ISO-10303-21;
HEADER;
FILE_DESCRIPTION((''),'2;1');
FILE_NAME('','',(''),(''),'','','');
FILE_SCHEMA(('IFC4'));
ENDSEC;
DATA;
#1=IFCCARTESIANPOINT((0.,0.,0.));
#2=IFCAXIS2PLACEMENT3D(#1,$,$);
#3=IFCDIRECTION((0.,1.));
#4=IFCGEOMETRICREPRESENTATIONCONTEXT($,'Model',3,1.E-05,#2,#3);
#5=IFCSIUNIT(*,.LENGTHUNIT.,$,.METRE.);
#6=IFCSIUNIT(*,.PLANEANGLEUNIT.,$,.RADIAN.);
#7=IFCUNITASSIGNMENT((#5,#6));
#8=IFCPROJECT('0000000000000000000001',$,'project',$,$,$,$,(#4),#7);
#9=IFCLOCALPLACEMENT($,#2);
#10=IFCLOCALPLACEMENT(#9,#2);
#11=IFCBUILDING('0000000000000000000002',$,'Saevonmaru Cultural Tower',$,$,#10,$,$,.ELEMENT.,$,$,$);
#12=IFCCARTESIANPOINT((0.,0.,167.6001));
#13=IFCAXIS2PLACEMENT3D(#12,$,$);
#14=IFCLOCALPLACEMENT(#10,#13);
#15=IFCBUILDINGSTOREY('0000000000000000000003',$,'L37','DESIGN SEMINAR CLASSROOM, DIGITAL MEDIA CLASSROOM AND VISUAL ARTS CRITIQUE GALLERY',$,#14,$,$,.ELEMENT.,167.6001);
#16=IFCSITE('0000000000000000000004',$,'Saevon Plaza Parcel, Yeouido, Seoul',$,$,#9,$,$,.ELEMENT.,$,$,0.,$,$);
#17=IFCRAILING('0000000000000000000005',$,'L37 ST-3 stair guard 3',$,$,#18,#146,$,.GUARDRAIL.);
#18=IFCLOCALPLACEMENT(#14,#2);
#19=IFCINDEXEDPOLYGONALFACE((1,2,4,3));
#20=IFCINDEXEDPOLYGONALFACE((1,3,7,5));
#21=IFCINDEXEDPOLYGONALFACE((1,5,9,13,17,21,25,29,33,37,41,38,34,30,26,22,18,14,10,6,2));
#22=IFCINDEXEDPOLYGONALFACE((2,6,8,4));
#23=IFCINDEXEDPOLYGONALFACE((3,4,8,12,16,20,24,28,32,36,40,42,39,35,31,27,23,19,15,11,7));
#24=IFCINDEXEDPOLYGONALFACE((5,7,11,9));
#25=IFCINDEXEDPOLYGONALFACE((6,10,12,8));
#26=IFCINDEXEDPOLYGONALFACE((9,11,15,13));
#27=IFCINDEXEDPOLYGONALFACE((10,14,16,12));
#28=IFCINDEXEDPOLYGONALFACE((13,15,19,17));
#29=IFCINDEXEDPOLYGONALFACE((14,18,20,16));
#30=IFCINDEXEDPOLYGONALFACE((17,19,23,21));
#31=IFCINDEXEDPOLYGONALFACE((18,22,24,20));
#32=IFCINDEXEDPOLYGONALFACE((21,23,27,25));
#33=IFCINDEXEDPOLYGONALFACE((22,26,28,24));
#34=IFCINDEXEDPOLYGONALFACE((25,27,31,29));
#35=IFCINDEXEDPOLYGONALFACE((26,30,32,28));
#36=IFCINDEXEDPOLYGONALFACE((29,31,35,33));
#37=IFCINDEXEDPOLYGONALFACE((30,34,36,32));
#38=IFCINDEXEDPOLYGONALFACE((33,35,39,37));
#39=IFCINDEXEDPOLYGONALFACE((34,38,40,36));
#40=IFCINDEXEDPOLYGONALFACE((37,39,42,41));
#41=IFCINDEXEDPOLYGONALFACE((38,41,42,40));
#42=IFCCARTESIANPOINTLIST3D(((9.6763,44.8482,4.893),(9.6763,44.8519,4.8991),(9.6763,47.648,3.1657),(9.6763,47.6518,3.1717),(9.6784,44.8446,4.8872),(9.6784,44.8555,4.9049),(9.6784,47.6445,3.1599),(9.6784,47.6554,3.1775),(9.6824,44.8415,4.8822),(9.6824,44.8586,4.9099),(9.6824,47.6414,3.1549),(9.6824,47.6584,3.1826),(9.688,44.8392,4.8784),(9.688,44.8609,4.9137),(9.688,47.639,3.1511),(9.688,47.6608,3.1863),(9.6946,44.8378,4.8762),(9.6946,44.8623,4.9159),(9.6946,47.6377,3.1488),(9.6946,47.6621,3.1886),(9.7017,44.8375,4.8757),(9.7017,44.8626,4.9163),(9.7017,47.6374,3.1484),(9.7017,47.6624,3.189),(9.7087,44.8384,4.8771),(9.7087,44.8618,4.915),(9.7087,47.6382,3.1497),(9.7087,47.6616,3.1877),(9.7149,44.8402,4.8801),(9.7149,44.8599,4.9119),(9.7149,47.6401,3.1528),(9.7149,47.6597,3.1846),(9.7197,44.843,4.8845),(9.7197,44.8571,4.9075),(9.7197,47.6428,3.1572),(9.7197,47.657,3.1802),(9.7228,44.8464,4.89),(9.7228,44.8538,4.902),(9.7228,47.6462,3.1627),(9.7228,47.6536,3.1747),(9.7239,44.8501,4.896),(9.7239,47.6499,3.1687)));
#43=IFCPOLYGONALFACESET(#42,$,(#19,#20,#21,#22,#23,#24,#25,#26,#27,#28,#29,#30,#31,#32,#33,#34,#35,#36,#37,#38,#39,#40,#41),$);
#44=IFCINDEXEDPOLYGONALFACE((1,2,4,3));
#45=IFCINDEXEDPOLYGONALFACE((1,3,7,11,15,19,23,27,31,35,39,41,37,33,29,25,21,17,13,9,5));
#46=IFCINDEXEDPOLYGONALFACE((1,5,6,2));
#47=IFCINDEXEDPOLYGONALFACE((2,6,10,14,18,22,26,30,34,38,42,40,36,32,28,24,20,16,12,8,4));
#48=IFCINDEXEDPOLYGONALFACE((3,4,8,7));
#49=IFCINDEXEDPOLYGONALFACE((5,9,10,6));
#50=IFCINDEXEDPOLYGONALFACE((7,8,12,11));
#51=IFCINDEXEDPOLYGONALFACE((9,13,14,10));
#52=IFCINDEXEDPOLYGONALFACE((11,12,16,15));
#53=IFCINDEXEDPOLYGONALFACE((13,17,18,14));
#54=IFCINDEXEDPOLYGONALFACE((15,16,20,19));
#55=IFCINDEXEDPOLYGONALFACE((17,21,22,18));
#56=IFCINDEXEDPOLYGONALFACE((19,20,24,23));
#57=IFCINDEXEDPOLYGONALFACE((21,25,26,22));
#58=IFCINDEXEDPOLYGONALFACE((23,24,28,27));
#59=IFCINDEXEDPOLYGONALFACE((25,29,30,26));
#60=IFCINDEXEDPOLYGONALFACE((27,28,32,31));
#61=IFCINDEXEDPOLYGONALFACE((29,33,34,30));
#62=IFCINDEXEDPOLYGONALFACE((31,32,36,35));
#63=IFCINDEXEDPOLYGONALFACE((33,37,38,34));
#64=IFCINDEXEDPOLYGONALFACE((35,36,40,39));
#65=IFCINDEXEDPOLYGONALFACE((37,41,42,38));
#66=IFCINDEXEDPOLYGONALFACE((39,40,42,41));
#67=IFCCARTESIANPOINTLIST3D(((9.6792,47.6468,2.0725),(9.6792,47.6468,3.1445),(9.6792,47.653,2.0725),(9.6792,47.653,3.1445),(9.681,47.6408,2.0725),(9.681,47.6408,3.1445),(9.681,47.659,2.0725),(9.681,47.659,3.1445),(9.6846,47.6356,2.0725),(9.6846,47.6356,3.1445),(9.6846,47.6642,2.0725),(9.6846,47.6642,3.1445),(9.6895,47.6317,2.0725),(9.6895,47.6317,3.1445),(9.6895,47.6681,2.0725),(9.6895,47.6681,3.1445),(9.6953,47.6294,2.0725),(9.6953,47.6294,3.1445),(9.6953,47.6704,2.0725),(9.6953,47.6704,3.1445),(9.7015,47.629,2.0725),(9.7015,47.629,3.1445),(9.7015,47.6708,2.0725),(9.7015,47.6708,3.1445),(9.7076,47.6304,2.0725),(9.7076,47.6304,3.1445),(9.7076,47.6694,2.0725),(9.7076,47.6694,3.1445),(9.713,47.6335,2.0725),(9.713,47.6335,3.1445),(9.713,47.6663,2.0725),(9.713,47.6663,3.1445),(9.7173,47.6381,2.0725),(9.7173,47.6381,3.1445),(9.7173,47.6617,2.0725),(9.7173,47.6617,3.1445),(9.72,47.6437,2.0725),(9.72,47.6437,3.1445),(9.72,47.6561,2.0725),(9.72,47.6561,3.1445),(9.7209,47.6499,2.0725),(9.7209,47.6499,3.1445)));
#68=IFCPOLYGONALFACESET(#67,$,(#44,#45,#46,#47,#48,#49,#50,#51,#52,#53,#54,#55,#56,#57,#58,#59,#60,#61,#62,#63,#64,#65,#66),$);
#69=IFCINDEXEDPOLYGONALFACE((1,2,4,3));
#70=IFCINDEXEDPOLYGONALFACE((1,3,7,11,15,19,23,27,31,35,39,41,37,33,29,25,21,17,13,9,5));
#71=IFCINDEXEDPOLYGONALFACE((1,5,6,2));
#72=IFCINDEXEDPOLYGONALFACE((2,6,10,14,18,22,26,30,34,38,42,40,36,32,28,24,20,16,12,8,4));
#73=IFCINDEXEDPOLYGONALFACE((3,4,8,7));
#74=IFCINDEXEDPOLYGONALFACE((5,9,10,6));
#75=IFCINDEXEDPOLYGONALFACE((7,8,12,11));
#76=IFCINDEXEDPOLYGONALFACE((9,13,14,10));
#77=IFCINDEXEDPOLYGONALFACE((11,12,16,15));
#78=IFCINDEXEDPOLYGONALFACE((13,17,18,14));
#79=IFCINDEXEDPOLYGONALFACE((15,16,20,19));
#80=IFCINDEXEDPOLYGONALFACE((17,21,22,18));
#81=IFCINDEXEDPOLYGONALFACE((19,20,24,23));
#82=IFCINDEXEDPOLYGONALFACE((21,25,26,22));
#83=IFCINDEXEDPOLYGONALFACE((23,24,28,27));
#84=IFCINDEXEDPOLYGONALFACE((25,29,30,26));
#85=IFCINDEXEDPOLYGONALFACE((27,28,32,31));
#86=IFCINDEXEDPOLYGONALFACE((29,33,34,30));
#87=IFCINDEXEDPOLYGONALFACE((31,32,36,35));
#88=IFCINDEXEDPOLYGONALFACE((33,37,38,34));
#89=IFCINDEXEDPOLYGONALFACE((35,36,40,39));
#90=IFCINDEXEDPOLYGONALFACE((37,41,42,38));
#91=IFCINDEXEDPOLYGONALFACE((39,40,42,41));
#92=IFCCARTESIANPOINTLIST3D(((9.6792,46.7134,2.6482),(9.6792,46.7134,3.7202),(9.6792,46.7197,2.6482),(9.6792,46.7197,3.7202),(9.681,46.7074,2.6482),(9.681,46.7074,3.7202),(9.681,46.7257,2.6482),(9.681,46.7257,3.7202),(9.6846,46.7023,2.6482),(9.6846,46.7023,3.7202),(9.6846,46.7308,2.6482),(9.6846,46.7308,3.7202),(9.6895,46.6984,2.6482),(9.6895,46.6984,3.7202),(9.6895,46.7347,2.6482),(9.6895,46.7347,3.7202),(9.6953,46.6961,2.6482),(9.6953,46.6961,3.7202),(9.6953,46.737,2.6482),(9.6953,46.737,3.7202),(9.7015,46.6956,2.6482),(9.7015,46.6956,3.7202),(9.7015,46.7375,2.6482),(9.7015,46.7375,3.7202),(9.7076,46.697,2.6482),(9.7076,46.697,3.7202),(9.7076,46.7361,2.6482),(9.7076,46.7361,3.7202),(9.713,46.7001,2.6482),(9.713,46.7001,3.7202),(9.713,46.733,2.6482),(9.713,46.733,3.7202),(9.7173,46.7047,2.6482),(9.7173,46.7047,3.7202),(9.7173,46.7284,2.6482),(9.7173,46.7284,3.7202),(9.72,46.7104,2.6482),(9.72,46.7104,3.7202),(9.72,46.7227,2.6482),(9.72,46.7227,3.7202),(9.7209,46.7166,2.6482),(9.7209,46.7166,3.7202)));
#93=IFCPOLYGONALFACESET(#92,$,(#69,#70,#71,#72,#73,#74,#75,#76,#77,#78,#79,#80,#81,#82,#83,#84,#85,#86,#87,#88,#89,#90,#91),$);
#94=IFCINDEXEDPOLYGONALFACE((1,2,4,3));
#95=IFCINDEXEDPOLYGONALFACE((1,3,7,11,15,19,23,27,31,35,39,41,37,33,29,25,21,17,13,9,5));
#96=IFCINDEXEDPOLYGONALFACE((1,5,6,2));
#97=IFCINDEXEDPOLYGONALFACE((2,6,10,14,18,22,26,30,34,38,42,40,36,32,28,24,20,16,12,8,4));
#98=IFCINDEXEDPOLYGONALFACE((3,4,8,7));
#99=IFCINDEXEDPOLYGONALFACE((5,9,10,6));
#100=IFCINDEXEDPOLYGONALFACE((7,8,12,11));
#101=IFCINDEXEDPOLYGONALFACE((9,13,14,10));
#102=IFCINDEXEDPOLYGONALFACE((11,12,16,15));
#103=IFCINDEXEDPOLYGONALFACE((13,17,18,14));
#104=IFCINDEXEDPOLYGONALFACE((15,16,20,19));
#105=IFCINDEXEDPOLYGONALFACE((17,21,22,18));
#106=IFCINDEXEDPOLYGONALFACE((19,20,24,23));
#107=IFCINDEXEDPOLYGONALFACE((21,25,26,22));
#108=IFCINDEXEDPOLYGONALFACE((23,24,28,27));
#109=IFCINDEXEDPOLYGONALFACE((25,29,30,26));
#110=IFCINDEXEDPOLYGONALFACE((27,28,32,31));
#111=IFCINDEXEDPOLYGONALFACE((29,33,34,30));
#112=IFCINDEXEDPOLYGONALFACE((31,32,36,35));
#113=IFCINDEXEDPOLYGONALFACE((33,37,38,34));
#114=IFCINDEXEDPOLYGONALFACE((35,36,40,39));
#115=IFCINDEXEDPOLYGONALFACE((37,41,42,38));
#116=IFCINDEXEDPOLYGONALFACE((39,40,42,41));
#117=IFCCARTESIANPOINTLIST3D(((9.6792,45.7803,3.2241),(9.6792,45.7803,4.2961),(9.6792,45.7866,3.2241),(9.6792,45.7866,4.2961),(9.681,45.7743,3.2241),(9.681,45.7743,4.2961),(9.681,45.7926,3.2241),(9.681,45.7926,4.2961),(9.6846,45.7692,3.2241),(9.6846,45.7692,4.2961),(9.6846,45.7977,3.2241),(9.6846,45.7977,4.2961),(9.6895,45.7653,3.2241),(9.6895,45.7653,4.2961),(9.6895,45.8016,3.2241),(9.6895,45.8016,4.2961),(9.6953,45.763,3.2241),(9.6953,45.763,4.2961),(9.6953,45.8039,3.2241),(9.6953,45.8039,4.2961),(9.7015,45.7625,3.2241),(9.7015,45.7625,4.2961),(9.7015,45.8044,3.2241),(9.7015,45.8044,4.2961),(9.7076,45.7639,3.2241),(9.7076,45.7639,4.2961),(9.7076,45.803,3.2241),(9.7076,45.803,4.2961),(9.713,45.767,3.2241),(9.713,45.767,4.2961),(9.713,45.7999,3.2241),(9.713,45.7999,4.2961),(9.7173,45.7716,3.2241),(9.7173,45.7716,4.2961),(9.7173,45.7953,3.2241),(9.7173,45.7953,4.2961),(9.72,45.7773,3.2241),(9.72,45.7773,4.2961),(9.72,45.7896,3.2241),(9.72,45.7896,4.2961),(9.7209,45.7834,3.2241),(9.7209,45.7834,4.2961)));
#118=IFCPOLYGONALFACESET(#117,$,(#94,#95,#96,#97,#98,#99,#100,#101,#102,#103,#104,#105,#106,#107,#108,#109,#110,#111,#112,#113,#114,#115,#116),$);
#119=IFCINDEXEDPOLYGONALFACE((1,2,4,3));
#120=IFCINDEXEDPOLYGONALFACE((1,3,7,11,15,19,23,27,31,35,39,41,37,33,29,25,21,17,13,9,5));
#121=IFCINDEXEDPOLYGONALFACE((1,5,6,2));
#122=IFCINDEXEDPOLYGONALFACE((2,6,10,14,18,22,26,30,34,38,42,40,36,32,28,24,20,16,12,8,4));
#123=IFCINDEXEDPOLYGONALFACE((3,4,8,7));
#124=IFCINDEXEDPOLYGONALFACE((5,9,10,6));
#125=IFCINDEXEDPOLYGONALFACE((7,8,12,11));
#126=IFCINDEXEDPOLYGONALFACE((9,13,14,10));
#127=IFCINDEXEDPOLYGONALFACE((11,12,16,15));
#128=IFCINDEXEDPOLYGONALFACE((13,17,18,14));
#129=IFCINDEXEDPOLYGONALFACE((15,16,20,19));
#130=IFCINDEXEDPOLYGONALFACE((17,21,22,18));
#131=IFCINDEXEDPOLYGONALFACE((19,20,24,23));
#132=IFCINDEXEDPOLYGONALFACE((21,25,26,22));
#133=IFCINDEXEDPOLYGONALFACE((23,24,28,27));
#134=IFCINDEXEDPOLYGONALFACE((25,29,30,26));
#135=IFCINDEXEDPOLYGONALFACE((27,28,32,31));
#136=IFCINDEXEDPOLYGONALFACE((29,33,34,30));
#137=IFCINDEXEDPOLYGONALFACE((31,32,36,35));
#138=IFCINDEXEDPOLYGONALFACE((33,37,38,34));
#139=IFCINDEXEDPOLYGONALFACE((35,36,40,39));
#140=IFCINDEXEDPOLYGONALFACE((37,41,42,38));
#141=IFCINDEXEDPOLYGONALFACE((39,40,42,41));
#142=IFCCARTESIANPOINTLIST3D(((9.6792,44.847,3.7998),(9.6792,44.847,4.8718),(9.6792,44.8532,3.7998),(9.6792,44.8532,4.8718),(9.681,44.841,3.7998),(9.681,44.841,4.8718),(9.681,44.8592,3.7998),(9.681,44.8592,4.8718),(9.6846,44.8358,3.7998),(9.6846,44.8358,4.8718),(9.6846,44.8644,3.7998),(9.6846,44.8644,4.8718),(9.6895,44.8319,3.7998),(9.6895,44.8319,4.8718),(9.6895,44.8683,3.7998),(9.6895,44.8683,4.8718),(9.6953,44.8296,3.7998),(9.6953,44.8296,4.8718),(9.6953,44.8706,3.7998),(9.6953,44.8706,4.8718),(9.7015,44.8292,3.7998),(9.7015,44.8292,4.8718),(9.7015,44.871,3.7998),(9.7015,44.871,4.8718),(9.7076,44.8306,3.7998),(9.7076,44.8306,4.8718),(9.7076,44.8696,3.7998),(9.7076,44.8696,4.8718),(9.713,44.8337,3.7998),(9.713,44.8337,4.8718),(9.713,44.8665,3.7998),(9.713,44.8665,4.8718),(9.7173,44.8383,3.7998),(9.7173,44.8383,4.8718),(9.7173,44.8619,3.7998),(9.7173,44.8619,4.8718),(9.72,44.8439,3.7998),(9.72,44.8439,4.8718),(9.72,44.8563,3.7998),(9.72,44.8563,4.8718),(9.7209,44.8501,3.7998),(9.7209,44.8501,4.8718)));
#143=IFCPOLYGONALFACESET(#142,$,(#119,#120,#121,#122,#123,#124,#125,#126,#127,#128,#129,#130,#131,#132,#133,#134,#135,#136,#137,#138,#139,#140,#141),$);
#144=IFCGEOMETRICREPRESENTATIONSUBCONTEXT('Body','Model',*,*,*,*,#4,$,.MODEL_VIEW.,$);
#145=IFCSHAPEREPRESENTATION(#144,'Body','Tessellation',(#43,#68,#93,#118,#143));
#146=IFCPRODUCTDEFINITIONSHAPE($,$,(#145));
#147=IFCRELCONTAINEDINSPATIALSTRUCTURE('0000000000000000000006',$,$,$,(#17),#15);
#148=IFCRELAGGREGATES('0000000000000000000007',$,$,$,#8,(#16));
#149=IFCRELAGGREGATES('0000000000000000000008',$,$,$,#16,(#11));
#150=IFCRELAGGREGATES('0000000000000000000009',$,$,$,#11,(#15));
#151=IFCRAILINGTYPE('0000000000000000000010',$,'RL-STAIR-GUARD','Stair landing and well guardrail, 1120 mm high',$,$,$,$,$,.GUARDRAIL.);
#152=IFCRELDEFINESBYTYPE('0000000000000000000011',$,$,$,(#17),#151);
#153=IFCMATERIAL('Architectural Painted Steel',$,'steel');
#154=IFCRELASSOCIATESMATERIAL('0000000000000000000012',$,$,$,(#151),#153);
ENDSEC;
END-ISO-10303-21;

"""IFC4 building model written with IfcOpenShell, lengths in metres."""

from ifc_helpers import new_model, si_unit, direction, frame, origin, origin_2d, place, context, subcontext, project, spatial, circle, extrude, material, type_object, element, save


model = new_model("IFC4")

# Units and contexts
model_context = context("Model", 3, precision=1e-05, world=origin(), true_north=direction((0.0, 1.0)))
body_context = subcontext(model_context, "Body", "Model", "MODEL_VIEW")
ifc_project = project(units=[si_unit("LENGTHUNIT", "METRE"), si_unit("PLANEANGLEUNIT", "RADIAN")], contexts=[model_context])

# Site, building, storey
site_placement = place(None, origin())
site = spatial("IfcSite", under=ifc_project, at=site_placement, Name="Saevon Plaza Parcel, Yeouido, Seoul", CompositionType="ELEMENT", RefElevation=0.0)
building_placement = place(site_placement, origin())
building = spatial("IfcBuilding", under=site, at=building_placement, Name="Saevonmaru Cultural Tower", CompositionType="ELEMENT")
storey_placement = place(building_placement, frame((0.0, 0.0, 167.6001)))
storey = spatial("IfcBuildingStorey", under=building, at=storey_placement, Name="L37", Description="DESIGN SEMINAR CLASSROOM, DIGITAL MEDIA CLASSROOM AND VISUAL ARTS CRITIQUE GALLERY", CompositionType="ELEMENT", Elevation=167.6001)

# Railing
ifc_material_1 = material(Name="Architectural Painted Steel", Category="steel")
railing_type_1 = type_object("IfcRailingType", Name="RL-STAIR-GUARD", Description="Stair landing and well guardrail, 1120 mm high", PredefinedType="GUARDRAIL", material=ifc_material_1)
railing_1_placement = place(storey_placement, frame((9.7, 47.6499, 2.0725)))
element("IfcRailing", 1, at=railing_1_placement, inside=storey, type_object=railing_type_1, Name="L37 ST-3 stair guard 3", PredefinedType="GUARDRAIL", context=body_context, shape_type="SweptSolid", body=[
    extrude(circle(Radius=0.0239, at=origin_2d()), frame((0.0, 0.0, 1.0962), z_axis=(0.0, -0.851069, 0.525054), x_axis=(1.0, 0.0, 0.0)), (0.0, 0.0, 1.0), 3.2898),
    extrude(circle(Radius=0.021, at=origin_2d()), origin(), (0.0, 0.0, 1.0), 1.072),
    extrude(circle(Radius=0.021, at=origin_2d()), frame((0.0, -0.9333, 0.5757)), (0.0, 0.0, 1.0), 1.072),
    extrude(circle(Radius=0.021, at=origin_2d()), frame((0.0, -1.8665, 1.1516)), (0.0, 0.0, 1.0), 1.072),
    extrude(circle(Radius=0.021, at=origin_2d()), frame((0.0, -2.7998, 1.7273)), (0.0, 0.0, 1.0), 1.072),
])

save(model, "model.ifc")
